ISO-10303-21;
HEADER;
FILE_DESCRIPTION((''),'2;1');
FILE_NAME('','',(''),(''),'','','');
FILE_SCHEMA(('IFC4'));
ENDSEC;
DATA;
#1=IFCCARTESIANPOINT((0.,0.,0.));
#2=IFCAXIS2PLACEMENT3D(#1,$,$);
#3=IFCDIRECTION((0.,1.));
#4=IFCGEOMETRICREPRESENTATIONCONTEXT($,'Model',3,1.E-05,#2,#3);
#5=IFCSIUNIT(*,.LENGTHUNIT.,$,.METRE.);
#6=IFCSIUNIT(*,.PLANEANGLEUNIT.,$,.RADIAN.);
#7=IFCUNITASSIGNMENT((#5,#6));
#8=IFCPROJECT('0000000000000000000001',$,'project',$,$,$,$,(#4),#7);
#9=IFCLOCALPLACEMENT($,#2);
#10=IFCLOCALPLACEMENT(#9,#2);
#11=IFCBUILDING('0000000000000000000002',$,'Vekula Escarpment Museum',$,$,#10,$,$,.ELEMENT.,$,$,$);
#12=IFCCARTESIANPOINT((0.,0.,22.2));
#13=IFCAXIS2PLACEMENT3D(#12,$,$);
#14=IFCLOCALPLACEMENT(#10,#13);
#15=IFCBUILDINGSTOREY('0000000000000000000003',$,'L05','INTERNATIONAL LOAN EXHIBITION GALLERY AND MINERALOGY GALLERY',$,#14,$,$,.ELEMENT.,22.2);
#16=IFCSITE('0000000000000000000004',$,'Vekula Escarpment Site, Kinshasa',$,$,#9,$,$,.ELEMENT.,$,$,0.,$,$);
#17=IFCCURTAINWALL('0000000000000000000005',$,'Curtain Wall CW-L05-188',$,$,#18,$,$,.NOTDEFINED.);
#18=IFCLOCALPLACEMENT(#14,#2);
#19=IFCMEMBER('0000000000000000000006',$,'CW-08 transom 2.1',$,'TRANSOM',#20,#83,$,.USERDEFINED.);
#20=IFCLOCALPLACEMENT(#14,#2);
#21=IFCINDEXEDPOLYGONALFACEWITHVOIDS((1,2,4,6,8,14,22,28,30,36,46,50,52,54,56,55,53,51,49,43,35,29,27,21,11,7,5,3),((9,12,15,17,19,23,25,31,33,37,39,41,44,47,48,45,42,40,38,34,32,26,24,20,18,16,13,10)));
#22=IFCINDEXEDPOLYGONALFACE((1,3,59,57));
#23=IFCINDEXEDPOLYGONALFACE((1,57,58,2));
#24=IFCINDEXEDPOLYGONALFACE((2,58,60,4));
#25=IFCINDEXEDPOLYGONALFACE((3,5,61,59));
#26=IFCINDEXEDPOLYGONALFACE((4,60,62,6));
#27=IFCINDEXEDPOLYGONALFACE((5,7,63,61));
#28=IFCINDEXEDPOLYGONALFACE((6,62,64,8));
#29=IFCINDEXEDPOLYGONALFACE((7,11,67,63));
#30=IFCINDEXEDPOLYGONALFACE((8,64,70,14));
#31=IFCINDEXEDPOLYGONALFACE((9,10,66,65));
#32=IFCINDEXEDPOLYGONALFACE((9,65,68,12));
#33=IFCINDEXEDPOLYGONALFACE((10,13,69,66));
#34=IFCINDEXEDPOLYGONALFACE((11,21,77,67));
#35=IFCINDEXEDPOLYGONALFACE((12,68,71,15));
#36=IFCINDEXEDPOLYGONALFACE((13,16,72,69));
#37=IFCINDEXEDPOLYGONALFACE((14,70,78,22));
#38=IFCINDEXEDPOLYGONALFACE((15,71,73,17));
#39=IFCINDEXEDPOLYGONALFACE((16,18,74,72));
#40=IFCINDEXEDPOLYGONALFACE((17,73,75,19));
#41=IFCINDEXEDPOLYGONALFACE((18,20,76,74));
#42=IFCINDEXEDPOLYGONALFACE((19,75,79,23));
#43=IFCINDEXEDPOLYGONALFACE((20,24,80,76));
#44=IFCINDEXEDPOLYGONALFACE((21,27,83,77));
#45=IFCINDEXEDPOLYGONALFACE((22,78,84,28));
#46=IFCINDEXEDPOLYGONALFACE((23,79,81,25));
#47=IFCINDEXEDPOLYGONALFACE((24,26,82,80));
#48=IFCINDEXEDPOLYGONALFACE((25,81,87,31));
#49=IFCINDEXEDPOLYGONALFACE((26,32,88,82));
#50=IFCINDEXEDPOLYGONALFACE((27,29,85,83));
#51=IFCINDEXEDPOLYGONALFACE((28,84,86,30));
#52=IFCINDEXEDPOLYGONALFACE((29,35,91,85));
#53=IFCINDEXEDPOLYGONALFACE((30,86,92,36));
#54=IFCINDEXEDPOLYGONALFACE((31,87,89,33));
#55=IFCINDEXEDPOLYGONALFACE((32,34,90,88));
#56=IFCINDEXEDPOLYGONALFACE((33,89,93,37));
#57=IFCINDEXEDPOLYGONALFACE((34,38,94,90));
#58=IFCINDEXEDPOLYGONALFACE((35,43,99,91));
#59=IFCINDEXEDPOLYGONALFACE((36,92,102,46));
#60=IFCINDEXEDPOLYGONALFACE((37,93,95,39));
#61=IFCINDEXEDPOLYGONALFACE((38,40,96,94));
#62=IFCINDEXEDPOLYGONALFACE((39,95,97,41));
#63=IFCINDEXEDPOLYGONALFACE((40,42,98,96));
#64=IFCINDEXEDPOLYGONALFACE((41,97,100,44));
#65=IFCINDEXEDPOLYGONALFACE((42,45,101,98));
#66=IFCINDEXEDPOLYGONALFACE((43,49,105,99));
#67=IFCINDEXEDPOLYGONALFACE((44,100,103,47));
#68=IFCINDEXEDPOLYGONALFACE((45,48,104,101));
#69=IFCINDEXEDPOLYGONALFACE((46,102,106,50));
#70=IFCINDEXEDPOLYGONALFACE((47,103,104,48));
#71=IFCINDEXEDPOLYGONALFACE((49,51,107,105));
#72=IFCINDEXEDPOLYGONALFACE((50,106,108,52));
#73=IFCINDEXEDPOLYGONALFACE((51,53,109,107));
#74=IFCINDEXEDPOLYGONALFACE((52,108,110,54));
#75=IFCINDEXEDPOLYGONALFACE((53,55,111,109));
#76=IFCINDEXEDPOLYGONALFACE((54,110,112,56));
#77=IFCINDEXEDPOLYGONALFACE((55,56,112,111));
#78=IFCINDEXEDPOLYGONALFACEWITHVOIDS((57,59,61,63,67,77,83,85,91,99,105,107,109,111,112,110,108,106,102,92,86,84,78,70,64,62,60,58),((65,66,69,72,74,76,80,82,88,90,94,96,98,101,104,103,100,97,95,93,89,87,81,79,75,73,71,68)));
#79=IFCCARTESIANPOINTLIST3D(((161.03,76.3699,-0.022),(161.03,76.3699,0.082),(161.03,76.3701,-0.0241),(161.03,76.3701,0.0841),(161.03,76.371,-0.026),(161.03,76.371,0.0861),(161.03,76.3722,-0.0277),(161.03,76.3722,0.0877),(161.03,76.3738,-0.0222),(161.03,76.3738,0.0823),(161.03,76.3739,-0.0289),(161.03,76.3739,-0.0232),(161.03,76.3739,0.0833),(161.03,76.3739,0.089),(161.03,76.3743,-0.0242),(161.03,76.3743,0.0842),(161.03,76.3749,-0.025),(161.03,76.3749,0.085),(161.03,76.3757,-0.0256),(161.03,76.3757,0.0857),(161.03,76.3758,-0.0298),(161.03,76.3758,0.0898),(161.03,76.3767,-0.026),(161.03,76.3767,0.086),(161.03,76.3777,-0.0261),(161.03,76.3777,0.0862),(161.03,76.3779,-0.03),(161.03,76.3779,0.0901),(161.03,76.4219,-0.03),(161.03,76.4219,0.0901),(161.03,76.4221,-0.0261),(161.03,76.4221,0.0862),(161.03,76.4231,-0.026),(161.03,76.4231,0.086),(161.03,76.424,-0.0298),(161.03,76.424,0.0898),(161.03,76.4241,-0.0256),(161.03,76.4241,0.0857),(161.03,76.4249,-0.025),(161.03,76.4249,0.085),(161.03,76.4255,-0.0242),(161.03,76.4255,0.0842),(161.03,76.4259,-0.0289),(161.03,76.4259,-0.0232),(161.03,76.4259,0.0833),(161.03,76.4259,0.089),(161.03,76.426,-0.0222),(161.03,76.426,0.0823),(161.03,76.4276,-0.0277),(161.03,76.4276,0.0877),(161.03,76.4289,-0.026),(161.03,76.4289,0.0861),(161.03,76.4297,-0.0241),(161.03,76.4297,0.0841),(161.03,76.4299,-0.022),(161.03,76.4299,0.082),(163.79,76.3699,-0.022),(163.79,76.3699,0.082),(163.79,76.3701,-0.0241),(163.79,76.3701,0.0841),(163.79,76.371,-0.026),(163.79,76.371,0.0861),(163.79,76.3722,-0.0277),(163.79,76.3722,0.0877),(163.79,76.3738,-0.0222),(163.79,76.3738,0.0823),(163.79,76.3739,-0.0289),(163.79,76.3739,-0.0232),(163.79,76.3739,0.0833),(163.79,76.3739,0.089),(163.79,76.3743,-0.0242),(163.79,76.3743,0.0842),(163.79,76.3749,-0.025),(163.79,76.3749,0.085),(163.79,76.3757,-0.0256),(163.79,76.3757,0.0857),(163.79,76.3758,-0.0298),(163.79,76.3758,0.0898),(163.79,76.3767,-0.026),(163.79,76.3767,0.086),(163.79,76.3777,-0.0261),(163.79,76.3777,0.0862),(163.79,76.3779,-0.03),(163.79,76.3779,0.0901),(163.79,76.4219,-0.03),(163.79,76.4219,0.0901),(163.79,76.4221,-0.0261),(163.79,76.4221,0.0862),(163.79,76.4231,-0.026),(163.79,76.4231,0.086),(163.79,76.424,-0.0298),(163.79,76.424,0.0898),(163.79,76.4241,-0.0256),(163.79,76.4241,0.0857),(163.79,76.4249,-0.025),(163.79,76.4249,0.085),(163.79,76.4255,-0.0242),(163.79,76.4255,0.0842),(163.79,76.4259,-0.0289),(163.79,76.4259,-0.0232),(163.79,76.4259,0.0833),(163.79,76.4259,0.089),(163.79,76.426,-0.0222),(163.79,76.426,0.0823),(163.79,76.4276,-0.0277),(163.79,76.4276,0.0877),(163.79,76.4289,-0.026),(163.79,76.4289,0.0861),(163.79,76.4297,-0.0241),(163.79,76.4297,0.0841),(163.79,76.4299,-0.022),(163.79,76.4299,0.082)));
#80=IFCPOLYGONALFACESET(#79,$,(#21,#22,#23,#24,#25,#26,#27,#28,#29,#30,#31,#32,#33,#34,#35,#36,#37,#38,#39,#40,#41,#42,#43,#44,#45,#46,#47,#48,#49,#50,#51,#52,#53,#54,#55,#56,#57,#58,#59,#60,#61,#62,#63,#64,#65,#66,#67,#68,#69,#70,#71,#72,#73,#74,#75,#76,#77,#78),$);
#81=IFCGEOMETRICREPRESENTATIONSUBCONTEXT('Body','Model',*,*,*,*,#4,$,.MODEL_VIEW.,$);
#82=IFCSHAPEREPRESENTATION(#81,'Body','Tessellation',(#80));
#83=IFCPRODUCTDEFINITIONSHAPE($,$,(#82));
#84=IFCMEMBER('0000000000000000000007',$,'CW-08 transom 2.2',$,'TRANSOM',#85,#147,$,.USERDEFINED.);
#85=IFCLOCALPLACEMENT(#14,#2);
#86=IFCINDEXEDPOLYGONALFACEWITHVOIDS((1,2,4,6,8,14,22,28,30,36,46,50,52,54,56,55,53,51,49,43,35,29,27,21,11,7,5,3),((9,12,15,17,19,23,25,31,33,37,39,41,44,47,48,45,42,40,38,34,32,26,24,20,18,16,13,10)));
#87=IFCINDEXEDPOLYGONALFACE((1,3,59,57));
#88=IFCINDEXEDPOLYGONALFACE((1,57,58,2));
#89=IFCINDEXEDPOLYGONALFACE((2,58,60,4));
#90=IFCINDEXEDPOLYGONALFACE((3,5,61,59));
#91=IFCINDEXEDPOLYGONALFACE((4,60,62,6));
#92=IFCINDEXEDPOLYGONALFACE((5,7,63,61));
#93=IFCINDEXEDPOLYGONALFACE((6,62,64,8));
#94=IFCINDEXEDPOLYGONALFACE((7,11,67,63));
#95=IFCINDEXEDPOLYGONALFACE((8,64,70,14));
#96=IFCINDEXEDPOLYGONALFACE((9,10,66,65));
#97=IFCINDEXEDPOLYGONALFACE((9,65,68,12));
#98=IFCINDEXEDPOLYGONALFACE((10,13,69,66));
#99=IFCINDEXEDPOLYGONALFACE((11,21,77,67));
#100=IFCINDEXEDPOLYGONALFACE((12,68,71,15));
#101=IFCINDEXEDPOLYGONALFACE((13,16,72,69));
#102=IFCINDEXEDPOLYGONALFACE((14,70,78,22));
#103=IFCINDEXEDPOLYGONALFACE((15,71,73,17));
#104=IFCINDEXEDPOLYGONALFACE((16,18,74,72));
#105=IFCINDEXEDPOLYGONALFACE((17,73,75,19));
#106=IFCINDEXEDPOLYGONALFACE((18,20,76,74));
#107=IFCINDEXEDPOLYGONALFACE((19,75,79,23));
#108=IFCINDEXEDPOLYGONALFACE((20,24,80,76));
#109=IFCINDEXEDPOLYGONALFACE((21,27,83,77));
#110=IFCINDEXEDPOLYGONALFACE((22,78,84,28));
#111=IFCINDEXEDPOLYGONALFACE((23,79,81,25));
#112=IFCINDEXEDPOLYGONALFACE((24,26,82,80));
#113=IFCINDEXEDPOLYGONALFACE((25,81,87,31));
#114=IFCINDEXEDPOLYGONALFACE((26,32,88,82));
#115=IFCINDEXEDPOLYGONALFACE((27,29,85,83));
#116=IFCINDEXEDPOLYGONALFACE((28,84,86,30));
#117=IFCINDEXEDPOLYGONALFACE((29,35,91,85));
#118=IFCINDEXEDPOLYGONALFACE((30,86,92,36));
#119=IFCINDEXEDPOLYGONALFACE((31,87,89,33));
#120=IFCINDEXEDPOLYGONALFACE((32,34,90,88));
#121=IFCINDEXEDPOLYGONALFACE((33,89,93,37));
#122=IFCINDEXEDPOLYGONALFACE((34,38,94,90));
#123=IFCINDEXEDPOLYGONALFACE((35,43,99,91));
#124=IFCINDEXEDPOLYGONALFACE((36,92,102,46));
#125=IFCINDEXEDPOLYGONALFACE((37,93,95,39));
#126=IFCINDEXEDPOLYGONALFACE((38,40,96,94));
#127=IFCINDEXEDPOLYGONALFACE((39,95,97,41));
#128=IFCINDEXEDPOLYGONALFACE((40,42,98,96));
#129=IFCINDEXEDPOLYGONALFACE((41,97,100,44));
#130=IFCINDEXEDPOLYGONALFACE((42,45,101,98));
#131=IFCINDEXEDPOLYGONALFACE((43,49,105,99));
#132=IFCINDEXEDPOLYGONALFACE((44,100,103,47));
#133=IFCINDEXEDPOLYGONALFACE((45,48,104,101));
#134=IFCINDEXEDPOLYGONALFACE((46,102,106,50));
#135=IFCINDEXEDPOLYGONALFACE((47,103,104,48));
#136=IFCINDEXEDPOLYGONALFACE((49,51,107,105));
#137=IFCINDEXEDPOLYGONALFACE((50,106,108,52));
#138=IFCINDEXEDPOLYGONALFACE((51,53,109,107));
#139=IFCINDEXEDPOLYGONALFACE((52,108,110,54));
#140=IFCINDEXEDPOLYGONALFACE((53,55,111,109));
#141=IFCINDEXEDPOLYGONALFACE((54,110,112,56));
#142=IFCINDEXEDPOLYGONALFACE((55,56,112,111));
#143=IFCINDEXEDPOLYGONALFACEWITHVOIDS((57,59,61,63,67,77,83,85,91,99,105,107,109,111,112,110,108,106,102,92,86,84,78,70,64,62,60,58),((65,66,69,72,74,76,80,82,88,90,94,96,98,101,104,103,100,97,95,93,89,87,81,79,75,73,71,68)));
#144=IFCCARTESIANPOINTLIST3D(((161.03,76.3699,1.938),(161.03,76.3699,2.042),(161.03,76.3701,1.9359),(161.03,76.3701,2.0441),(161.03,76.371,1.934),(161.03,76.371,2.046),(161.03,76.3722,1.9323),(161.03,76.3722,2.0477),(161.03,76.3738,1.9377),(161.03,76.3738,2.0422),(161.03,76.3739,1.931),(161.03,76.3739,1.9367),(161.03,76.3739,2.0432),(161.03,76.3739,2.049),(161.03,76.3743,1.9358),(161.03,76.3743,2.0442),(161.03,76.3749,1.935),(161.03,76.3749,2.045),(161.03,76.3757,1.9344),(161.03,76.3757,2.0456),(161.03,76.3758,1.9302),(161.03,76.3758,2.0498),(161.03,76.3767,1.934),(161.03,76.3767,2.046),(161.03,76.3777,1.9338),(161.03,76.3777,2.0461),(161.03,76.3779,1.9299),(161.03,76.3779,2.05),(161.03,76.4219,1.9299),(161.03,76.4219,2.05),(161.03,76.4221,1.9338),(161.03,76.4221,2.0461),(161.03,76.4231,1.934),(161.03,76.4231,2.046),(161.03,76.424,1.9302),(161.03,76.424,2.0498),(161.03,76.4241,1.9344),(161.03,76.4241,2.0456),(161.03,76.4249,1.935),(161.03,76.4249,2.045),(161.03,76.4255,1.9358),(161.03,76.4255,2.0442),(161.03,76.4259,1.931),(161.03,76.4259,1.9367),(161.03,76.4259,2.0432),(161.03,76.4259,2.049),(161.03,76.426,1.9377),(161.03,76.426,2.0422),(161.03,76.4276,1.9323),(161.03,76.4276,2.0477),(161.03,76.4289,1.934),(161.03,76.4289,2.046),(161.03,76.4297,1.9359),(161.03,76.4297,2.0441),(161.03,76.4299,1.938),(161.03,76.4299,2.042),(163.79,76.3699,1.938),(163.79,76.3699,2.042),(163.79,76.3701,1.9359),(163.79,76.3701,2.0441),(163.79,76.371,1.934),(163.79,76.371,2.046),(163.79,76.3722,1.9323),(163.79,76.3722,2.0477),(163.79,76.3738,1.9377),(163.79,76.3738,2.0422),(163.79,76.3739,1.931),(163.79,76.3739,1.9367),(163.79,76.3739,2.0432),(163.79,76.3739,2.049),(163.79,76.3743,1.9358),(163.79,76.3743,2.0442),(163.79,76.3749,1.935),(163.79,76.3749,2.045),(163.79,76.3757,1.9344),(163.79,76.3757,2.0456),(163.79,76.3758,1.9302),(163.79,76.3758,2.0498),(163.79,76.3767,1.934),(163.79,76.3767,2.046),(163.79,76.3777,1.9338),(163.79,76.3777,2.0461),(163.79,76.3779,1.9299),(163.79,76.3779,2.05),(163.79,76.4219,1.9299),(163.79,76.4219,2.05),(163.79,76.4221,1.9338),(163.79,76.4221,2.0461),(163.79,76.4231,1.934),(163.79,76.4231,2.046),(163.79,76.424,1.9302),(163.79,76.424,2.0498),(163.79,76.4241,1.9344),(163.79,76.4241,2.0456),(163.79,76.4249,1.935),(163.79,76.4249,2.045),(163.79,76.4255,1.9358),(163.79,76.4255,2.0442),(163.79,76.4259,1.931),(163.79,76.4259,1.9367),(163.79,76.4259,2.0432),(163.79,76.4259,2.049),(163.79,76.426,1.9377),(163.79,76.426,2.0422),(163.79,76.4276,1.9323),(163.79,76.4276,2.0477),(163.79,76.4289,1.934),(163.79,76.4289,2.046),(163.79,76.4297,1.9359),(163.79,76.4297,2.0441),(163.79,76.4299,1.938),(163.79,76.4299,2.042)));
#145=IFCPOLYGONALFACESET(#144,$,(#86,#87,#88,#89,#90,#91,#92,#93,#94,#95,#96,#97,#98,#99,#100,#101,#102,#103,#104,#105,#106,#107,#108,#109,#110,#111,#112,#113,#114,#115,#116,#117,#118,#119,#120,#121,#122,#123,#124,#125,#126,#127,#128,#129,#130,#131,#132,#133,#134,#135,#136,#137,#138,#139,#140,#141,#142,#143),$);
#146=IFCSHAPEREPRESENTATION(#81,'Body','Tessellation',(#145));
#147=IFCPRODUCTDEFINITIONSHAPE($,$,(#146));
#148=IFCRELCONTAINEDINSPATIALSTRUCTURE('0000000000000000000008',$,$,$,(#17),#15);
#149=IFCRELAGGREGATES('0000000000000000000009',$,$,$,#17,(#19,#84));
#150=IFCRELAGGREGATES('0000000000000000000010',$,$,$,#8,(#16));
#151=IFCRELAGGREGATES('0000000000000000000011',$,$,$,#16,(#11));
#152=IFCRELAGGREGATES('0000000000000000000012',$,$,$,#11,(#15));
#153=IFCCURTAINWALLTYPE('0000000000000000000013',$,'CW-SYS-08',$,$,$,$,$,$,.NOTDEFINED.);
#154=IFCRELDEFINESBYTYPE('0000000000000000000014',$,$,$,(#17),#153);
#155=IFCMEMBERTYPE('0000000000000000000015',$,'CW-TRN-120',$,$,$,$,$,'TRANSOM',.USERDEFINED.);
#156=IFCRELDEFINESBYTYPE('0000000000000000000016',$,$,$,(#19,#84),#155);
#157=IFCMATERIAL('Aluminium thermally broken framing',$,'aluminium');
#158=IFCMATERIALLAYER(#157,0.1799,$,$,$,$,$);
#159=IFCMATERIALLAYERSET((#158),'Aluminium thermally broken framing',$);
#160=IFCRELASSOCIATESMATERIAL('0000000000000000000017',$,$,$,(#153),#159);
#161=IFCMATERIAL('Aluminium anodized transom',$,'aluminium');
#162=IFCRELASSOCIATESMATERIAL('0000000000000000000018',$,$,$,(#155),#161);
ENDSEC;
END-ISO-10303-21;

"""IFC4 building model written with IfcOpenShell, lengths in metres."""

from ifc_helpers import new_model, si_unit, direction, frame, origin, origin_2d, place, context, subcontext, project, spatial, hollow_rectangle, extrude, material, layer, layer_set, material_profile, profile_set, type_object, element, aggregate, save


model = new_model("IFC4")

# Units and contexts
model_context = context("Model", 3, precision=1e-05, world=origin(), true_north=direction((0.0, 1.0)))
body_context = subcontext(model_context, "Body", "Model", "MODEL_VIEW")
ifc_project = project(units=[si_unit("LENGTHUNIT", "METRE"), si_unit("PLANEANGLEUNIT", "RADIAN")], contexts=[model_context])

# Site, building, storey
site_placement = place(None, origin())
site = spatial("IfcSite", under=ifc_project, at=site_placement, Name="Vekula Escarpment Site, Kinshasa", CompositionType="ELEMENT", RefElevation=0.0)
building_placement = place(site_placement, origin())
building = spatial("IfcBuilding", under=site, at=building_placement, Name="Vekula Escarpment Museum", CompositionType="ELEMENT")
storey_placement = place(building_placement, frame((0.0, 0.0, 22.2)))
storey = spatial("IfcBuildingStorey", under=building, at=storey_placement, Name="L05", Description="INTERNATIONAL LOAN EXHIBITION GALLERY AND MINERALOGY GALLERY", CompositionType="ELEMENT", Elevation=22.2)

# Curtain wall, members
ifc_material_1 = material(Name="Aluminium thermally broken framing", Category="aluminium")
ifc_layer_1 = layer(ifc_material_1, 0.1799)
ifc_layer_set_1 = layer_set([ifc_layer_1], Name="Aluminium thermally broken framing")
curtain_wall_type = type_object("IfcCurtainWallType", Name="CW-SYS-08", PredefinedType="NOTDEFINED", material=ifc_layer_set_1)
curtain_wall_placement = place(storey_placement, origin())
curtain_wall = element("IfcCurtainWall", 1, at=curtain_wall_placement, inside=storey, type_object=curtain_wall_type, Name="Curtain Wall CW-L05-188", PredefinedType="NOTDEFINED")
ifc_material_2 = material(Name="Aluminium anodized transom", Category="aluminium")
ifc_material_profile_1 = material_profile(ifc_material_2, hollow_rectangle(XDim=0.0601, YDim=0.1201, WallThickness=0.0039, InnerFilletRadius=0.0039, OuterFilletRadius=0.0081, at=origin_2d()), Name="ALU 120x60x4")
ifc_profile_set_1 = profile_set([ifc_material_profile_1], Name="Aluminium anodized transom")
member_type_1 = type_object("IfcMemberType", Name="CW-TRN-120", ElementType="TRANSOM", PredefinedType="USERDEFINED", material=ifc_profile_set_1)
member_1_placement = place(storey_placement, frame((163.79, 76.3999, 0.03), z_axis=(-1.0, 0.0, 0.0), x_axis=(0.0, -1.0, 0.0)))
member_1 = element("IfcMember", 2, at=member_1_placement, type_object=member_type_1, Name="CW-08 transom 2.1", ObjectType="TRANSOM", PredefinedType="USERDEFINED", context=body_context, shape_type="SweptSolid", body=[
    extrude(hollow_rectangle(XDim=0.0601, YDim=0.1201, WallThickness=0.0039, InnerFilletRadius=0.0039, OuterFilletRadius=0.0081, at=origin_2d()), origin(), (0.0, 0.0, 1.0), 2.76),
])
member_2_placement = place(storey_placement, frame((163.79, 76.3999, 1.99), z_axis=(-1.0, 0.0, 0.0), x_axis=(0.0, -1.0, 0.0)))
member_2 = element("IfcMember", 3, at=member_2_placement, type_object=member_type_1, Name="CW-08 transom 2.2", ObjectType="TRANSOM", PredefinedType="USERDEFINED", context=body_context, shape_type="SweptSolid", body=[
    extrude(hollow_rectangle(XDim=0.0601, YDim=0.1201, WallThickness=0.0039, InnerFilletRadius=0.0039, OuterFilletRadius=0.0081, at=origin_2d()), origin(), (0.0, 0.0, 1.0), 2.76),
])
aggregate(curtain_wall, [member_1, member_2])

save(model, "model.ifc")
